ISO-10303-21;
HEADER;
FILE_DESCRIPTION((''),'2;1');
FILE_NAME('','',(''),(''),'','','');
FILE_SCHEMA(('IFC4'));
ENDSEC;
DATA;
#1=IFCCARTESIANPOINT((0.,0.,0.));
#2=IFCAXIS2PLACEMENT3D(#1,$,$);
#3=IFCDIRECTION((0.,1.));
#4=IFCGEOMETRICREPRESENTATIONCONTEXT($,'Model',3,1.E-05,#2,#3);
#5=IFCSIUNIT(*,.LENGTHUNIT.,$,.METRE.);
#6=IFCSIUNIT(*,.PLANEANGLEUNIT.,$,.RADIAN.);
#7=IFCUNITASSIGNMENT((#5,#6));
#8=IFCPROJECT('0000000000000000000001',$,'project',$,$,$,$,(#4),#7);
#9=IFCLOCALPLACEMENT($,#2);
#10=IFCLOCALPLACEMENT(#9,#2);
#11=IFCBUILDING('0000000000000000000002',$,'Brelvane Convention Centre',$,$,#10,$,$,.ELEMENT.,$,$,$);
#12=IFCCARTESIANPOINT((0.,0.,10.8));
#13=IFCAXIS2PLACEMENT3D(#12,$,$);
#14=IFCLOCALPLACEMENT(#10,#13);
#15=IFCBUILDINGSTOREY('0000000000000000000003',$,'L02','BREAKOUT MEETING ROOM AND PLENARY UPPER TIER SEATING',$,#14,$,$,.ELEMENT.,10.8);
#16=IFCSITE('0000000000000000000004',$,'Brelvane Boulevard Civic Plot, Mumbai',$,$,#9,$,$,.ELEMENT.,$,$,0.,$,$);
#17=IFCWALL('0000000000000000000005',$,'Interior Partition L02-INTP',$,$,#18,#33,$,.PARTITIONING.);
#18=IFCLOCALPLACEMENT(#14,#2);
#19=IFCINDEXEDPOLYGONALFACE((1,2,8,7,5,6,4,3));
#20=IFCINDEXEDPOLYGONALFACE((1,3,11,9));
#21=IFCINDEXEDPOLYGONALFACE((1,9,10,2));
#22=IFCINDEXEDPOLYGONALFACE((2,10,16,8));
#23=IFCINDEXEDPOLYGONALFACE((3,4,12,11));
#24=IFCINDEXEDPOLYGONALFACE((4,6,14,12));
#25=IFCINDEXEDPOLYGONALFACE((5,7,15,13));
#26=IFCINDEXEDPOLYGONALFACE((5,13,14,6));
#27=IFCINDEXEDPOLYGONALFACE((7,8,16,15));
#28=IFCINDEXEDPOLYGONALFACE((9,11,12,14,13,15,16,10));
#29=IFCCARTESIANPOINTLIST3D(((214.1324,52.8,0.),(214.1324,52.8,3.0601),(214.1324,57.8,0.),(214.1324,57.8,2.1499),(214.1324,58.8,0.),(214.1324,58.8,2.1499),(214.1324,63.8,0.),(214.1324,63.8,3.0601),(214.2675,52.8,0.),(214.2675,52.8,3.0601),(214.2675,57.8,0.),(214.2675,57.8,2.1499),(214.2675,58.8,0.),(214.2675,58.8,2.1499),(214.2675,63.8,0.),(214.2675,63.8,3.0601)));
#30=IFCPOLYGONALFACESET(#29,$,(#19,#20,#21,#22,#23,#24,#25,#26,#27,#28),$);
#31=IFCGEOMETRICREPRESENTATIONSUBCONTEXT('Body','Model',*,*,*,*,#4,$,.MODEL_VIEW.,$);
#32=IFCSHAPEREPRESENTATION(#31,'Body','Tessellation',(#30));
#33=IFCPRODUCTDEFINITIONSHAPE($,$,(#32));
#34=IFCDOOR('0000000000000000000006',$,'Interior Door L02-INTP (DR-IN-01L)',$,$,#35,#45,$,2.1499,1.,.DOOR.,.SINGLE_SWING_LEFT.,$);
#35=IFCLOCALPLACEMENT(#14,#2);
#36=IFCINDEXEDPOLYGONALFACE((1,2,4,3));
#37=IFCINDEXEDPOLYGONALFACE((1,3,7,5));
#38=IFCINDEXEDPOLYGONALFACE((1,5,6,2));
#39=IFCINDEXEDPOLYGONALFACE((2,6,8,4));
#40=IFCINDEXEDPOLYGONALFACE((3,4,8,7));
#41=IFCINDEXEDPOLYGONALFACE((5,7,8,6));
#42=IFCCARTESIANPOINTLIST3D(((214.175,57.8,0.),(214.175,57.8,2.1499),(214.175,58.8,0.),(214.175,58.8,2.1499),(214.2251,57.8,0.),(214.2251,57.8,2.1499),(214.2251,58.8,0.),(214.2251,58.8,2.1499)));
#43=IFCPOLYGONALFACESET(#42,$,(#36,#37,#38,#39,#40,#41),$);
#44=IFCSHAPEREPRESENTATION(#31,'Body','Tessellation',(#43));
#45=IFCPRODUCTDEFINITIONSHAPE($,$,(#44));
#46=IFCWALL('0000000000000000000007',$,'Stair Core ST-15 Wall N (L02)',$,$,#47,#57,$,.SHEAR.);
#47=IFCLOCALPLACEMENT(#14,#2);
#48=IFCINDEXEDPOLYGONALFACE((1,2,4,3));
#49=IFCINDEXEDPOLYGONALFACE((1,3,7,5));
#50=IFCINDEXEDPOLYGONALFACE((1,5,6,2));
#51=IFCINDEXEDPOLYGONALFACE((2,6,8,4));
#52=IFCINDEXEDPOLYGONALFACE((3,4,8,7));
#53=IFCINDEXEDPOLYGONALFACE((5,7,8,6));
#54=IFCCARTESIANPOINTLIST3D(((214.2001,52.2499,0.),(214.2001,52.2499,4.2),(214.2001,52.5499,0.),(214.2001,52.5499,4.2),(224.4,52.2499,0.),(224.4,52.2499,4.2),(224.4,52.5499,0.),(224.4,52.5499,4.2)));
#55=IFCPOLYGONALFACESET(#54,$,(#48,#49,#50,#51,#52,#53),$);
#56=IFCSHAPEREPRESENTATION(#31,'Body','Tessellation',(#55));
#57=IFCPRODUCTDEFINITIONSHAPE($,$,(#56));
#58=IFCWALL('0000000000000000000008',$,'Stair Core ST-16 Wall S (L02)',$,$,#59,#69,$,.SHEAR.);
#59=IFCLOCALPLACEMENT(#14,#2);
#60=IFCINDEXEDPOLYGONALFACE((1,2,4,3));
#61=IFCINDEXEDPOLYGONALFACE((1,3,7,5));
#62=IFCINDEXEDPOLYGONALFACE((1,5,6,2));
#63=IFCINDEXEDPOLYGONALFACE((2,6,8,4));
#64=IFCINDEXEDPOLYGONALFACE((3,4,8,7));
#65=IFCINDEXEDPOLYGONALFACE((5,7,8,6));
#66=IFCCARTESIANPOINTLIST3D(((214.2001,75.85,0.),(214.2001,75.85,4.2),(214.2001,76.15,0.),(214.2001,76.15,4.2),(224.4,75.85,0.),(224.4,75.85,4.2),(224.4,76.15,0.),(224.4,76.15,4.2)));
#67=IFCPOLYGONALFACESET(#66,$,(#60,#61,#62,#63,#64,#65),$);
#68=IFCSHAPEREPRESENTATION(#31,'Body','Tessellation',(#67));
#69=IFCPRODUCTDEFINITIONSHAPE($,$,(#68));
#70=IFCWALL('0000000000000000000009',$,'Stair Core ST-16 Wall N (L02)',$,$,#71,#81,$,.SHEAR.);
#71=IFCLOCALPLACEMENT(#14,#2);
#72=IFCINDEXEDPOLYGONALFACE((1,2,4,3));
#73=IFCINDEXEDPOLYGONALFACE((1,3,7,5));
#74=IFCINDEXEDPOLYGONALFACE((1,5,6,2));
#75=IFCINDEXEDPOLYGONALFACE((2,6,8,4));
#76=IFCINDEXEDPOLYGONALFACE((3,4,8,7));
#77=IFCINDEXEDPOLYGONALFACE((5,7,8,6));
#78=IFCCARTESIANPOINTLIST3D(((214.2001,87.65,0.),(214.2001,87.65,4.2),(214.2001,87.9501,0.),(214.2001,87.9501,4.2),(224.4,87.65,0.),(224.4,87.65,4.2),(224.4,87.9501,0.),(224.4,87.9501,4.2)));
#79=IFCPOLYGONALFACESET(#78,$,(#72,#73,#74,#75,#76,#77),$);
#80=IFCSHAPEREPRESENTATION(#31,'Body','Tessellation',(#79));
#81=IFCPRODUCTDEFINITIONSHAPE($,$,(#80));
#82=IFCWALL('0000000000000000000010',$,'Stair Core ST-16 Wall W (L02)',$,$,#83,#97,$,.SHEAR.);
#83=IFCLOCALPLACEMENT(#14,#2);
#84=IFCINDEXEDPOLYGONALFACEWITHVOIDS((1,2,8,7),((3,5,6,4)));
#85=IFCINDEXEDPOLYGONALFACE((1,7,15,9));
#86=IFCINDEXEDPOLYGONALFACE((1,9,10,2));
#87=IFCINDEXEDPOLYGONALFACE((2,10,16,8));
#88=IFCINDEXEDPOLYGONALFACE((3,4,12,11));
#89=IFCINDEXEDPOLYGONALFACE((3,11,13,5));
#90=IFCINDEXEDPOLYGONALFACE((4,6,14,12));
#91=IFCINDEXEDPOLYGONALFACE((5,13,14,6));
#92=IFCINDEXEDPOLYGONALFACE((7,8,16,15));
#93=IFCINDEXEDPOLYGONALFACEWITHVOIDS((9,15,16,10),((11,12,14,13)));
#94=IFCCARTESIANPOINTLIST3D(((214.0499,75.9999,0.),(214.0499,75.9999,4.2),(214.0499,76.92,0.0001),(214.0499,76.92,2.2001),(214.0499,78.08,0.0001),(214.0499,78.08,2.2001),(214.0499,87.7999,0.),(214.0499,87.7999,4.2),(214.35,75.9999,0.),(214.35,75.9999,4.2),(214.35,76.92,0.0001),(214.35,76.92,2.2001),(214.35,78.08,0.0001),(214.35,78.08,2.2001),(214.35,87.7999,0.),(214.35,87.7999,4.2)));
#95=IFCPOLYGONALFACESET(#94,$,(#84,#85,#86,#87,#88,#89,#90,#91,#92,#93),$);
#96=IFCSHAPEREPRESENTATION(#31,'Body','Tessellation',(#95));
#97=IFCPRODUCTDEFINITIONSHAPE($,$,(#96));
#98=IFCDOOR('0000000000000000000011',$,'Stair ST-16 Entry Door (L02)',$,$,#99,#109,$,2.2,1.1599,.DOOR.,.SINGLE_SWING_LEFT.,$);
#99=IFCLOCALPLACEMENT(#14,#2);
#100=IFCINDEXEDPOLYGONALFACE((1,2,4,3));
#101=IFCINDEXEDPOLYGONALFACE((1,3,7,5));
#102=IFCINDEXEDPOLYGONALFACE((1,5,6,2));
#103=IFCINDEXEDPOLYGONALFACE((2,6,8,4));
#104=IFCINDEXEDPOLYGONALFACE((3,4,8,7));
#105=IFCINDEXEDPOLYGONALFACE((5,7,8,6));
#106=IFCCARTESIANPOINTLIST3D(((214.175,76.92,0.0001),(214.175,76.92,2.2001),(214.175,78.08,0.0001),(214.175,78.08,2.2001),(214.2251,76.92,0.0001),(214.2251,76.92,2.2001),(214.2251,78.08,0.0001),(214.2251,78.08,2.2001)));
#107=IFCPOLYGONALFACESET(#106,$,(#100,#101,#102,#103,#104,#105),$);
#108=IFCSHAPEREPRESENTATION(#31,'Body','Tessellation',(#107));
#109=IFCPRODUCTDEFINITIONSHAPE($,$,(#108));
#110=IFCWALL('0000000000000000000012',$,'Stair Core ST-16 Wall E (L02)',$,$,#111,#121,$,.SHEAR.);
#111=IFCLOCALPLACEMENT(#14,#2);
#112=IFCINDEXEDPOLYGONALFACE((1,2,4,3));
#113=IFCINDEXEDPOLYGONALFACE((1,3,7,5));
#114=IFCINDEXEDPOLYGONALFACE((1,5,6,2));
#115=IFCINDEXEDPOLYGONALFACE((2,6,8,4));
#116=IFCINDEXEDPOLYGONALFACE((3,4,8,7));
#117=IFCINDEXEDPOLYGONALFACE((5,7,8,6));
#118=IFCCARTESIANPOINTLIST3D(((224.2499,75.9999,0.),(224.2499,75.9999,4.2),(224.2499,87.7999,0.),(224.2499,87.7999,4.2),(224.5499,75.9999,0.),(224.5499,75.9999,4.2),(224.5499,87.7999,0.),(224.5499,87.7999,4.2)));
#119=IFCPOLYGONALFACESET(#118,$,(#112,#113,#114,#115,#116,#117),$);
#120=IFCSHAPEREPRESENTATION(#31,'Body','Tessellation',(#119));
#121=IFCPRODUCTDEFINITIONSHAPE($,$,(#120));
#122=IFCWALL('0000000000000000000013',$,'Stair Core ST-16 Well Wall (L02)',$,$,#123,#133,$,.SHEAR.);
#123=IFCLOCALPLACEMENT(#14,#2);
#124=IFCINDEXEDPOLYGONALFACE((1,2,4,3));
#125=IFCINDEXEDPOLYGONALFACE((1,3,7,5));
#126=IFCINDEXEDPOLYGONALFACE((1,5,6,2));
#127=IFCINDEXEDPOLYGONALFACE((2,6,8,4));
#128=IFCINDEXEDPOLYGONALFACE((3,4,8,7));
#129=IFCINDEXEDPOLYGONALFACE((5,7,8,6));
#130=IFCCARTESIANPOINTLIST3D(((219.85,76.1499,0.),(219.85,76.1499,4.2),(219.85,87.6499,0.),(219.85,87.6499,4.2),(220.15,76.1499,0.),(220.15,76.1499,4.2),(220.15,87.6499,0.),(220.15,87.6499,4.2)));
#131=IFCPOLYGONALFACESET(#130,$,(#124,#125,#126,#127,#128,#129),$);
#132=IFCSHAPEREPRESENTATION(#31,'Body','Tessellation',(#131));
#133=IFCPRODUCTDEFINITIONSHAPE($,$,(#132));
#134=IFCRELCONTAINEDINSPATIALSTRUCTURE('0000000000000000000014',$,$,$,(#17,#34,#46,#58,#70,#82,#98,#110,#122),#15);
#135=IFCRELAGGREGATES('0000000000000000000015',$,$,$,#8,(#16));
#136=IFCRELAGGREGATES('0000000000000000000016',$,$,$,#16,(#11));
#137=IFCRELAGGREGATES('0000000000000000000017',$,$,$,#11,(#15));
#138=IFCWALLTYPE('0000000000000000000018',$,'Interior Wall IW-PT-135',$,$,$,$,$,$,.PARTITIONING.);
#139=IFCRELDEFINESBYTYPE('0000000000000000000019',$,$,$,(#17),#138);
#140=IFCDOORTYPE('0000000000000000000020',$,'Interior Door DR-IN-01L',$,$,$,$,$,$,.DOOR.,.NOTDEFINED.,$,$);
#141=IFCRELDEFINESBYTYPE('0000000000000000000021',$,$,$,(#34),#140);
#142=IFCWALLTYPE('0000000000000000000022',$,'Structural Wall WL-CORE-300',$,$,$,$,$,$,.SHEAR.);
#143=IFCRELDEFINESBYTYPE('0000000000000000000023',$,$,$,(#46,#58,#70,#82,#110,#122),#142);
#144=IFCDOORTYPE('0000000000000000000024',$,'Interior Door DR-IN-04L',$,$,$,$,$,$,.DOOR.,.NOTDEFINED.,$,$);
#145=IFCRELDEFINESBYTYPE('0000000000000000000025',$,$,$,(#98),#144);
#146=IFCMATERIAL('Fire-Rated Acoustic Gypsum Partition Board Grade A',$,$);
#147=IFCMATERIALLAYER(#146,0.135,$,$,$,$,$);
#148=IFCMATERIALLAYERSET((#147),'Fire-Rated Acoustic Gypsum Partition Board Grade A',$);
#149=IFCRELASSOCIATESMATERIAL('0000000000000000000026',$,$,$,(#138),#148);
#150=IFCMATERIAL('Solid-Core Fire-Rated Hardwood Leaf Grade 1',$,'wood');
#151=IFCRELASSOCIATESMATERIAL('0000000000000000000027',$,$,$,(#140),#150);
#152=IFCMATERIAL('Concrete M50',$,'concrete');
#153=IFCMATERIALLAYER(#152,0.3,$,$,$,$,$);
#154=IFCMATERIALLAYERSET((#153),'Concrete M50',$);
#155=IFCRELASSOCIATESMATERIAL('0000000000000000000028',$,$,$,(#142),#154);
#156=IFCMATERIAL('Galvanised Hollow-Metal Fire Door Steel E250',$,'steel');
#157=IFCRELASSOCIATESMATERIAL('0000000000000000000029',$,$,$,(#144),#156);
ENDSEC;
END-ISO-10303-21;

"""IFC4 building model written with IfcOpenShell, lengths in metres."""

from ifc_helpers import new_model, si_unit, direction, frame, frame_2d, origin, place, context, subcontext, project, spatial, rectangle, extrude, material, layer, layer_set, type_object, element, fill, save


model = new_model("IFC4")

# Units and contexts
model_context = context("Model", 3, precision=1e-05, world=origin(), true_north=direction((0.0, 1.0)))
body_context = subcontext(model_context, "Body", "Model", "MODEL_VIEW")
ifc_project = project(units=[si_unit("LENGTHUNIT", "METRE"), si_unit("PLANEANGLEUNIT", "RADIAN")], contexts=[model_context])

# Site, building, storey
site_placement = place(None, origin())
site = spatial("IfcSite", under=ifc_project, at=site_placement, Name="Brelvane Boulevard Civic Plot, Mumbai", CompositionType="ELEMENT", RefElevation=0.0)
building_placement = place(site_placement, origin())
building = spatial("IfcBuilding", under=site, at=building_placement, Name="Brelvane Convention Centre", CompositionType="ELEMENT")
storey_placement = place(building_placement, frame((0.0, 0.0, 10.8)))
storey = spatial("IfcBuildingStorey", under=building, at=storey_placement, Name="L02", Description="BREAKOUT MEETING ROOM AND PLENARY UPPER TIER SEATING", CompositionType="ELEMENT", Elevation=10.8)

# Wall, opening, door
ifc_material_1 = material(Name="Fire-Rated Acoustic Gypsum Partition Board Grade A")
ifc_layer_1 = layer(ifc_material_1, 0.135)
ifc_layer_set_1 = layer_set([ifc_layer_1], Name="Fire-Rated Acoustic Gypsum Partition Board Grade A")
wall_type_1 = type_object("IfcWallType", Name="Interior Wall IW-PT-135", PredefinedType="PARTITIONING", material=ifc_layer_set_1)
wall_1_placement = place(storey_placement, frame((214.2, 52.8, 0.0), z_axis=(0.0, 0.0, 1.0), x_axis=(0.0, 1.0, 0.0)))
wall_1 = element("IfcWall", 1, at=wall_1_placement, inside=storey, type_object=wall_type_1, Name="Interior Partition L02-INTP", PredefinedType="PARTITIONING", context=body_context, shape_type="SweptSolid", body=[
    extrude(rectangle(XDim=11.0, YDim=0.135, at=frame_2d((5.5, 0.0))), origin(), (0.0, 0.0, 1.0), 3.0601),
])
opening_1_placement = place(wall_1_placement, frame((5.0, 0.0, 0.0)))
opening_1 = element("IfcOpeningElement", 2, at=opening_1_placement, cuts=wall_1, PredefinedType="OPENING", context=body_context, shape_type="SweptSolid", body=[
    extrude(rectangle(XDim=1.0, YDim=2.1499, at=frame_2d((0.5, 1.075))), frame((0.0, 0.0774, 0.0), z_axis=(0.0, -1.0, 0.0), x_axis=(1.0, 0.0, 0.0)), (0.0, 0.0, 1.0), 0.155),
])
ifc_material_2 = material(Name="Solid-Core Fire-Rated Hardwood Leaf Grade 1", Category="wood")
door_type_1 = type_object("IfcDoorType", Name="Interior Door DR-IN-01L", OperationType="NOTDEFINED", PredefinedType="DOOR", material=ifc_material_2)
door_1_placement = place(opening_1_placement, origin())
door_1 = element("IfcDoor", 3, at=door_1_placement, inside=storey, type_object=door_type_1, Name="Interior Door L02-INTP (DR-IN-01L)", OperationType="SINGLE_SWING_LEFT", OverallHeight=2.1499, OverallWidth=1.0, PredefinedType="DOOR", context=body_context, shape_type="SweptSolid", body=[
    extrude(rectangle(XDim=1.0, YDim=2.1499, at=frame_2d((0.5, 1.075))), frame((0.0, 0.0249, 0.0), z_axis=(0.0, -1.0, 0.0), x_axis=(1.0, 0.0, 0.0)), (0.0, 0.0, 1.0), 0.05),
])
fill(opening_1, door_1)

# Walls
ifc_material_3 = material(Name="Concrete M50", Category="concrete")
ifc_layer_2 = layer(ifc_material_3, 0.3)
ifc_layer_set_2 = layer_set([ifc_layer_2], Name="Concrete M50")
wall_type_2 = type_object("IfcWallType", Name="Structural Wall WL-CORE-300", PredefinedType="SHEAR", material=ifc_layer_set_2)
for number, where, z_axis, x_axis, name in (
    (4, (214.2, 52.3999, 0.0), (0.0, 0.0, 1.0), (1.0, 0.0, 0.0), "Stair Core ST-15 Wall N (L02)"),
    (5, (214.2, 76.0, 0.0), (0.0, 0.0, 1.0), (1.0, 0.0, 0.0), "Stair Core ST-16 Wall S (L02)"),
    (6, (214.2, 87.8, 0.0), (0.0, 0.0, 1.0), (1.0, 0.0, 0.0), "Stair Core ST-16 Wall N (L02)"),
):
    element("IfcWall", number, at=place(storey_placement, frame(where, z_axis=z_axis, x_axis=x_axis)), inside=storey, type_object=wall_type_2, Name=name, PredefinedType="SHEAR", context=body_context, shape_type="SweptSolid", body=[
        extrude(rectangle(XDim=10.2, YDim=0.3, at=frame_2d((5.1001, 0.0))), origin(), (0.0, 0.0, 1.0), 4.2),
    ])

# Wall, opening, door
wall_2_placement = place(storey_placement, frame((214.2, 76.0, 0.0), z_axis=(0.0, 0.0, 1.0), x_axis=(0.0, 1.0, 0.0)))
wall_2 = element("IfcWall", 7, at=wall_2_placement, inside=storey, type_object=wall_type_2, Name="Stair Core ST-16 Wall W (L02)", PredefinedType="SHEAR", context=body_context, shape_type="SweptSolid", body=[
    extrude(rectangle(XDim=11.8, YDim=0.3, at=frame_2d((5.8999, 0.0))), origin(), (0.0, 0.0, 1.0), 4.2),
])
opening_2_placement = place(wall_2_placement, frame((0.9199, 0.0, 0.0)))
opening_2 = element("IfcOpeningElement", 8, at=opening_2_placement, cuts=wall_2, PredefinedType="OPENING", context=body_context, shape_type="SweptSolid", body=[
    extrude(rectangle(XDim=1.1599, YDim=2.2, at=frame_2d((0.5801, 1.1001))), frame((0.0, 0.1599, 0.0), z_axis=(0.0, -1.0, 0.0), x_axis=(1.0, 0.0, 0.0)), (0.0, 0.0, 1.0), 0.3201),
])
ifc_material_4 = material(Name="Galvanised Hollow-Metal Fire Door Steel E250", Category="steel")
door_type_2 = type_object("IfcDoorType", Name="Interior Door DR-IN-04L", OperationType="NOTDEFINED", PredefinedType="DOOR", material=ifc_material_4)
door_2_placement = place(opening_2_placement, origin())
door_2 = element("IfcDoor", 9, at=door_2_placement, inside=storey, type_object=door_type_2, Name="Stair ST-16 Entry Door (L02)", OperationType="SINGLE_SWING_LEFT", OverallHeight=2.2, OverallWidth=1.1599, PredefinedType="DOOR", context=body_context, shape_type="SweptSolid", body=[
    extrude(rectangle(XDim=1.1599, YDim=2.2, at=frame_2d((0.5801, 1.1001))), frame((0.0, 0.0249, 0.0), z_axis=(0.0, -1.0, 0.0), x_axis=(1.0, 0.0, 0.0)), (0.0, 0.0, 1.0), 0.05),
])
fill(opening_2, door_2)

# Walls
wall_3_placement = place(storey_placement, frame((224.3999, 76.0, 0.0), z_axis=(0.0, 0.0, 1.0), x_axis=(0.0, 1.0, 0.0)))
element("IfcWall", 10, at=wall_3_placement, inside=storey, type_object=wall_type_2, Name="Stair Core ST-16 Wall E (L02)", PredefinedType="SHEAR", context=body_context, shape_type="SweptSolid", body=[
    extrude(rectangle(XDim=11.8, YDim=0.3, at=frame_2d((5.8999, 0.0))), origin(), (0.0, 0.0, 1.0), 4.2),
])
wall_4_placement = place(storey_placement, frame((220.0, 76.1499, 0.0), z_axis=(0.0, 0.0, 1.0), x_axis=(0.0, 1.0, 0.0)))
element("IfcWall", 11, at=wall_4_placement, inside=storey, type_object=wall_type_2, Name="Stair Core ST-16 Well Wall (L02)", PredefinedType="SHEAR", context=body_context, shape_type="SweptSolid", body=[
    extrude(rectangle(XDim=11.5, YDim=0.3, at=frame_2d((5.75, 0.0))), origin(), (0.0, 0.0, 1.0), 4.2),
])

save(model, "model.ifc")
